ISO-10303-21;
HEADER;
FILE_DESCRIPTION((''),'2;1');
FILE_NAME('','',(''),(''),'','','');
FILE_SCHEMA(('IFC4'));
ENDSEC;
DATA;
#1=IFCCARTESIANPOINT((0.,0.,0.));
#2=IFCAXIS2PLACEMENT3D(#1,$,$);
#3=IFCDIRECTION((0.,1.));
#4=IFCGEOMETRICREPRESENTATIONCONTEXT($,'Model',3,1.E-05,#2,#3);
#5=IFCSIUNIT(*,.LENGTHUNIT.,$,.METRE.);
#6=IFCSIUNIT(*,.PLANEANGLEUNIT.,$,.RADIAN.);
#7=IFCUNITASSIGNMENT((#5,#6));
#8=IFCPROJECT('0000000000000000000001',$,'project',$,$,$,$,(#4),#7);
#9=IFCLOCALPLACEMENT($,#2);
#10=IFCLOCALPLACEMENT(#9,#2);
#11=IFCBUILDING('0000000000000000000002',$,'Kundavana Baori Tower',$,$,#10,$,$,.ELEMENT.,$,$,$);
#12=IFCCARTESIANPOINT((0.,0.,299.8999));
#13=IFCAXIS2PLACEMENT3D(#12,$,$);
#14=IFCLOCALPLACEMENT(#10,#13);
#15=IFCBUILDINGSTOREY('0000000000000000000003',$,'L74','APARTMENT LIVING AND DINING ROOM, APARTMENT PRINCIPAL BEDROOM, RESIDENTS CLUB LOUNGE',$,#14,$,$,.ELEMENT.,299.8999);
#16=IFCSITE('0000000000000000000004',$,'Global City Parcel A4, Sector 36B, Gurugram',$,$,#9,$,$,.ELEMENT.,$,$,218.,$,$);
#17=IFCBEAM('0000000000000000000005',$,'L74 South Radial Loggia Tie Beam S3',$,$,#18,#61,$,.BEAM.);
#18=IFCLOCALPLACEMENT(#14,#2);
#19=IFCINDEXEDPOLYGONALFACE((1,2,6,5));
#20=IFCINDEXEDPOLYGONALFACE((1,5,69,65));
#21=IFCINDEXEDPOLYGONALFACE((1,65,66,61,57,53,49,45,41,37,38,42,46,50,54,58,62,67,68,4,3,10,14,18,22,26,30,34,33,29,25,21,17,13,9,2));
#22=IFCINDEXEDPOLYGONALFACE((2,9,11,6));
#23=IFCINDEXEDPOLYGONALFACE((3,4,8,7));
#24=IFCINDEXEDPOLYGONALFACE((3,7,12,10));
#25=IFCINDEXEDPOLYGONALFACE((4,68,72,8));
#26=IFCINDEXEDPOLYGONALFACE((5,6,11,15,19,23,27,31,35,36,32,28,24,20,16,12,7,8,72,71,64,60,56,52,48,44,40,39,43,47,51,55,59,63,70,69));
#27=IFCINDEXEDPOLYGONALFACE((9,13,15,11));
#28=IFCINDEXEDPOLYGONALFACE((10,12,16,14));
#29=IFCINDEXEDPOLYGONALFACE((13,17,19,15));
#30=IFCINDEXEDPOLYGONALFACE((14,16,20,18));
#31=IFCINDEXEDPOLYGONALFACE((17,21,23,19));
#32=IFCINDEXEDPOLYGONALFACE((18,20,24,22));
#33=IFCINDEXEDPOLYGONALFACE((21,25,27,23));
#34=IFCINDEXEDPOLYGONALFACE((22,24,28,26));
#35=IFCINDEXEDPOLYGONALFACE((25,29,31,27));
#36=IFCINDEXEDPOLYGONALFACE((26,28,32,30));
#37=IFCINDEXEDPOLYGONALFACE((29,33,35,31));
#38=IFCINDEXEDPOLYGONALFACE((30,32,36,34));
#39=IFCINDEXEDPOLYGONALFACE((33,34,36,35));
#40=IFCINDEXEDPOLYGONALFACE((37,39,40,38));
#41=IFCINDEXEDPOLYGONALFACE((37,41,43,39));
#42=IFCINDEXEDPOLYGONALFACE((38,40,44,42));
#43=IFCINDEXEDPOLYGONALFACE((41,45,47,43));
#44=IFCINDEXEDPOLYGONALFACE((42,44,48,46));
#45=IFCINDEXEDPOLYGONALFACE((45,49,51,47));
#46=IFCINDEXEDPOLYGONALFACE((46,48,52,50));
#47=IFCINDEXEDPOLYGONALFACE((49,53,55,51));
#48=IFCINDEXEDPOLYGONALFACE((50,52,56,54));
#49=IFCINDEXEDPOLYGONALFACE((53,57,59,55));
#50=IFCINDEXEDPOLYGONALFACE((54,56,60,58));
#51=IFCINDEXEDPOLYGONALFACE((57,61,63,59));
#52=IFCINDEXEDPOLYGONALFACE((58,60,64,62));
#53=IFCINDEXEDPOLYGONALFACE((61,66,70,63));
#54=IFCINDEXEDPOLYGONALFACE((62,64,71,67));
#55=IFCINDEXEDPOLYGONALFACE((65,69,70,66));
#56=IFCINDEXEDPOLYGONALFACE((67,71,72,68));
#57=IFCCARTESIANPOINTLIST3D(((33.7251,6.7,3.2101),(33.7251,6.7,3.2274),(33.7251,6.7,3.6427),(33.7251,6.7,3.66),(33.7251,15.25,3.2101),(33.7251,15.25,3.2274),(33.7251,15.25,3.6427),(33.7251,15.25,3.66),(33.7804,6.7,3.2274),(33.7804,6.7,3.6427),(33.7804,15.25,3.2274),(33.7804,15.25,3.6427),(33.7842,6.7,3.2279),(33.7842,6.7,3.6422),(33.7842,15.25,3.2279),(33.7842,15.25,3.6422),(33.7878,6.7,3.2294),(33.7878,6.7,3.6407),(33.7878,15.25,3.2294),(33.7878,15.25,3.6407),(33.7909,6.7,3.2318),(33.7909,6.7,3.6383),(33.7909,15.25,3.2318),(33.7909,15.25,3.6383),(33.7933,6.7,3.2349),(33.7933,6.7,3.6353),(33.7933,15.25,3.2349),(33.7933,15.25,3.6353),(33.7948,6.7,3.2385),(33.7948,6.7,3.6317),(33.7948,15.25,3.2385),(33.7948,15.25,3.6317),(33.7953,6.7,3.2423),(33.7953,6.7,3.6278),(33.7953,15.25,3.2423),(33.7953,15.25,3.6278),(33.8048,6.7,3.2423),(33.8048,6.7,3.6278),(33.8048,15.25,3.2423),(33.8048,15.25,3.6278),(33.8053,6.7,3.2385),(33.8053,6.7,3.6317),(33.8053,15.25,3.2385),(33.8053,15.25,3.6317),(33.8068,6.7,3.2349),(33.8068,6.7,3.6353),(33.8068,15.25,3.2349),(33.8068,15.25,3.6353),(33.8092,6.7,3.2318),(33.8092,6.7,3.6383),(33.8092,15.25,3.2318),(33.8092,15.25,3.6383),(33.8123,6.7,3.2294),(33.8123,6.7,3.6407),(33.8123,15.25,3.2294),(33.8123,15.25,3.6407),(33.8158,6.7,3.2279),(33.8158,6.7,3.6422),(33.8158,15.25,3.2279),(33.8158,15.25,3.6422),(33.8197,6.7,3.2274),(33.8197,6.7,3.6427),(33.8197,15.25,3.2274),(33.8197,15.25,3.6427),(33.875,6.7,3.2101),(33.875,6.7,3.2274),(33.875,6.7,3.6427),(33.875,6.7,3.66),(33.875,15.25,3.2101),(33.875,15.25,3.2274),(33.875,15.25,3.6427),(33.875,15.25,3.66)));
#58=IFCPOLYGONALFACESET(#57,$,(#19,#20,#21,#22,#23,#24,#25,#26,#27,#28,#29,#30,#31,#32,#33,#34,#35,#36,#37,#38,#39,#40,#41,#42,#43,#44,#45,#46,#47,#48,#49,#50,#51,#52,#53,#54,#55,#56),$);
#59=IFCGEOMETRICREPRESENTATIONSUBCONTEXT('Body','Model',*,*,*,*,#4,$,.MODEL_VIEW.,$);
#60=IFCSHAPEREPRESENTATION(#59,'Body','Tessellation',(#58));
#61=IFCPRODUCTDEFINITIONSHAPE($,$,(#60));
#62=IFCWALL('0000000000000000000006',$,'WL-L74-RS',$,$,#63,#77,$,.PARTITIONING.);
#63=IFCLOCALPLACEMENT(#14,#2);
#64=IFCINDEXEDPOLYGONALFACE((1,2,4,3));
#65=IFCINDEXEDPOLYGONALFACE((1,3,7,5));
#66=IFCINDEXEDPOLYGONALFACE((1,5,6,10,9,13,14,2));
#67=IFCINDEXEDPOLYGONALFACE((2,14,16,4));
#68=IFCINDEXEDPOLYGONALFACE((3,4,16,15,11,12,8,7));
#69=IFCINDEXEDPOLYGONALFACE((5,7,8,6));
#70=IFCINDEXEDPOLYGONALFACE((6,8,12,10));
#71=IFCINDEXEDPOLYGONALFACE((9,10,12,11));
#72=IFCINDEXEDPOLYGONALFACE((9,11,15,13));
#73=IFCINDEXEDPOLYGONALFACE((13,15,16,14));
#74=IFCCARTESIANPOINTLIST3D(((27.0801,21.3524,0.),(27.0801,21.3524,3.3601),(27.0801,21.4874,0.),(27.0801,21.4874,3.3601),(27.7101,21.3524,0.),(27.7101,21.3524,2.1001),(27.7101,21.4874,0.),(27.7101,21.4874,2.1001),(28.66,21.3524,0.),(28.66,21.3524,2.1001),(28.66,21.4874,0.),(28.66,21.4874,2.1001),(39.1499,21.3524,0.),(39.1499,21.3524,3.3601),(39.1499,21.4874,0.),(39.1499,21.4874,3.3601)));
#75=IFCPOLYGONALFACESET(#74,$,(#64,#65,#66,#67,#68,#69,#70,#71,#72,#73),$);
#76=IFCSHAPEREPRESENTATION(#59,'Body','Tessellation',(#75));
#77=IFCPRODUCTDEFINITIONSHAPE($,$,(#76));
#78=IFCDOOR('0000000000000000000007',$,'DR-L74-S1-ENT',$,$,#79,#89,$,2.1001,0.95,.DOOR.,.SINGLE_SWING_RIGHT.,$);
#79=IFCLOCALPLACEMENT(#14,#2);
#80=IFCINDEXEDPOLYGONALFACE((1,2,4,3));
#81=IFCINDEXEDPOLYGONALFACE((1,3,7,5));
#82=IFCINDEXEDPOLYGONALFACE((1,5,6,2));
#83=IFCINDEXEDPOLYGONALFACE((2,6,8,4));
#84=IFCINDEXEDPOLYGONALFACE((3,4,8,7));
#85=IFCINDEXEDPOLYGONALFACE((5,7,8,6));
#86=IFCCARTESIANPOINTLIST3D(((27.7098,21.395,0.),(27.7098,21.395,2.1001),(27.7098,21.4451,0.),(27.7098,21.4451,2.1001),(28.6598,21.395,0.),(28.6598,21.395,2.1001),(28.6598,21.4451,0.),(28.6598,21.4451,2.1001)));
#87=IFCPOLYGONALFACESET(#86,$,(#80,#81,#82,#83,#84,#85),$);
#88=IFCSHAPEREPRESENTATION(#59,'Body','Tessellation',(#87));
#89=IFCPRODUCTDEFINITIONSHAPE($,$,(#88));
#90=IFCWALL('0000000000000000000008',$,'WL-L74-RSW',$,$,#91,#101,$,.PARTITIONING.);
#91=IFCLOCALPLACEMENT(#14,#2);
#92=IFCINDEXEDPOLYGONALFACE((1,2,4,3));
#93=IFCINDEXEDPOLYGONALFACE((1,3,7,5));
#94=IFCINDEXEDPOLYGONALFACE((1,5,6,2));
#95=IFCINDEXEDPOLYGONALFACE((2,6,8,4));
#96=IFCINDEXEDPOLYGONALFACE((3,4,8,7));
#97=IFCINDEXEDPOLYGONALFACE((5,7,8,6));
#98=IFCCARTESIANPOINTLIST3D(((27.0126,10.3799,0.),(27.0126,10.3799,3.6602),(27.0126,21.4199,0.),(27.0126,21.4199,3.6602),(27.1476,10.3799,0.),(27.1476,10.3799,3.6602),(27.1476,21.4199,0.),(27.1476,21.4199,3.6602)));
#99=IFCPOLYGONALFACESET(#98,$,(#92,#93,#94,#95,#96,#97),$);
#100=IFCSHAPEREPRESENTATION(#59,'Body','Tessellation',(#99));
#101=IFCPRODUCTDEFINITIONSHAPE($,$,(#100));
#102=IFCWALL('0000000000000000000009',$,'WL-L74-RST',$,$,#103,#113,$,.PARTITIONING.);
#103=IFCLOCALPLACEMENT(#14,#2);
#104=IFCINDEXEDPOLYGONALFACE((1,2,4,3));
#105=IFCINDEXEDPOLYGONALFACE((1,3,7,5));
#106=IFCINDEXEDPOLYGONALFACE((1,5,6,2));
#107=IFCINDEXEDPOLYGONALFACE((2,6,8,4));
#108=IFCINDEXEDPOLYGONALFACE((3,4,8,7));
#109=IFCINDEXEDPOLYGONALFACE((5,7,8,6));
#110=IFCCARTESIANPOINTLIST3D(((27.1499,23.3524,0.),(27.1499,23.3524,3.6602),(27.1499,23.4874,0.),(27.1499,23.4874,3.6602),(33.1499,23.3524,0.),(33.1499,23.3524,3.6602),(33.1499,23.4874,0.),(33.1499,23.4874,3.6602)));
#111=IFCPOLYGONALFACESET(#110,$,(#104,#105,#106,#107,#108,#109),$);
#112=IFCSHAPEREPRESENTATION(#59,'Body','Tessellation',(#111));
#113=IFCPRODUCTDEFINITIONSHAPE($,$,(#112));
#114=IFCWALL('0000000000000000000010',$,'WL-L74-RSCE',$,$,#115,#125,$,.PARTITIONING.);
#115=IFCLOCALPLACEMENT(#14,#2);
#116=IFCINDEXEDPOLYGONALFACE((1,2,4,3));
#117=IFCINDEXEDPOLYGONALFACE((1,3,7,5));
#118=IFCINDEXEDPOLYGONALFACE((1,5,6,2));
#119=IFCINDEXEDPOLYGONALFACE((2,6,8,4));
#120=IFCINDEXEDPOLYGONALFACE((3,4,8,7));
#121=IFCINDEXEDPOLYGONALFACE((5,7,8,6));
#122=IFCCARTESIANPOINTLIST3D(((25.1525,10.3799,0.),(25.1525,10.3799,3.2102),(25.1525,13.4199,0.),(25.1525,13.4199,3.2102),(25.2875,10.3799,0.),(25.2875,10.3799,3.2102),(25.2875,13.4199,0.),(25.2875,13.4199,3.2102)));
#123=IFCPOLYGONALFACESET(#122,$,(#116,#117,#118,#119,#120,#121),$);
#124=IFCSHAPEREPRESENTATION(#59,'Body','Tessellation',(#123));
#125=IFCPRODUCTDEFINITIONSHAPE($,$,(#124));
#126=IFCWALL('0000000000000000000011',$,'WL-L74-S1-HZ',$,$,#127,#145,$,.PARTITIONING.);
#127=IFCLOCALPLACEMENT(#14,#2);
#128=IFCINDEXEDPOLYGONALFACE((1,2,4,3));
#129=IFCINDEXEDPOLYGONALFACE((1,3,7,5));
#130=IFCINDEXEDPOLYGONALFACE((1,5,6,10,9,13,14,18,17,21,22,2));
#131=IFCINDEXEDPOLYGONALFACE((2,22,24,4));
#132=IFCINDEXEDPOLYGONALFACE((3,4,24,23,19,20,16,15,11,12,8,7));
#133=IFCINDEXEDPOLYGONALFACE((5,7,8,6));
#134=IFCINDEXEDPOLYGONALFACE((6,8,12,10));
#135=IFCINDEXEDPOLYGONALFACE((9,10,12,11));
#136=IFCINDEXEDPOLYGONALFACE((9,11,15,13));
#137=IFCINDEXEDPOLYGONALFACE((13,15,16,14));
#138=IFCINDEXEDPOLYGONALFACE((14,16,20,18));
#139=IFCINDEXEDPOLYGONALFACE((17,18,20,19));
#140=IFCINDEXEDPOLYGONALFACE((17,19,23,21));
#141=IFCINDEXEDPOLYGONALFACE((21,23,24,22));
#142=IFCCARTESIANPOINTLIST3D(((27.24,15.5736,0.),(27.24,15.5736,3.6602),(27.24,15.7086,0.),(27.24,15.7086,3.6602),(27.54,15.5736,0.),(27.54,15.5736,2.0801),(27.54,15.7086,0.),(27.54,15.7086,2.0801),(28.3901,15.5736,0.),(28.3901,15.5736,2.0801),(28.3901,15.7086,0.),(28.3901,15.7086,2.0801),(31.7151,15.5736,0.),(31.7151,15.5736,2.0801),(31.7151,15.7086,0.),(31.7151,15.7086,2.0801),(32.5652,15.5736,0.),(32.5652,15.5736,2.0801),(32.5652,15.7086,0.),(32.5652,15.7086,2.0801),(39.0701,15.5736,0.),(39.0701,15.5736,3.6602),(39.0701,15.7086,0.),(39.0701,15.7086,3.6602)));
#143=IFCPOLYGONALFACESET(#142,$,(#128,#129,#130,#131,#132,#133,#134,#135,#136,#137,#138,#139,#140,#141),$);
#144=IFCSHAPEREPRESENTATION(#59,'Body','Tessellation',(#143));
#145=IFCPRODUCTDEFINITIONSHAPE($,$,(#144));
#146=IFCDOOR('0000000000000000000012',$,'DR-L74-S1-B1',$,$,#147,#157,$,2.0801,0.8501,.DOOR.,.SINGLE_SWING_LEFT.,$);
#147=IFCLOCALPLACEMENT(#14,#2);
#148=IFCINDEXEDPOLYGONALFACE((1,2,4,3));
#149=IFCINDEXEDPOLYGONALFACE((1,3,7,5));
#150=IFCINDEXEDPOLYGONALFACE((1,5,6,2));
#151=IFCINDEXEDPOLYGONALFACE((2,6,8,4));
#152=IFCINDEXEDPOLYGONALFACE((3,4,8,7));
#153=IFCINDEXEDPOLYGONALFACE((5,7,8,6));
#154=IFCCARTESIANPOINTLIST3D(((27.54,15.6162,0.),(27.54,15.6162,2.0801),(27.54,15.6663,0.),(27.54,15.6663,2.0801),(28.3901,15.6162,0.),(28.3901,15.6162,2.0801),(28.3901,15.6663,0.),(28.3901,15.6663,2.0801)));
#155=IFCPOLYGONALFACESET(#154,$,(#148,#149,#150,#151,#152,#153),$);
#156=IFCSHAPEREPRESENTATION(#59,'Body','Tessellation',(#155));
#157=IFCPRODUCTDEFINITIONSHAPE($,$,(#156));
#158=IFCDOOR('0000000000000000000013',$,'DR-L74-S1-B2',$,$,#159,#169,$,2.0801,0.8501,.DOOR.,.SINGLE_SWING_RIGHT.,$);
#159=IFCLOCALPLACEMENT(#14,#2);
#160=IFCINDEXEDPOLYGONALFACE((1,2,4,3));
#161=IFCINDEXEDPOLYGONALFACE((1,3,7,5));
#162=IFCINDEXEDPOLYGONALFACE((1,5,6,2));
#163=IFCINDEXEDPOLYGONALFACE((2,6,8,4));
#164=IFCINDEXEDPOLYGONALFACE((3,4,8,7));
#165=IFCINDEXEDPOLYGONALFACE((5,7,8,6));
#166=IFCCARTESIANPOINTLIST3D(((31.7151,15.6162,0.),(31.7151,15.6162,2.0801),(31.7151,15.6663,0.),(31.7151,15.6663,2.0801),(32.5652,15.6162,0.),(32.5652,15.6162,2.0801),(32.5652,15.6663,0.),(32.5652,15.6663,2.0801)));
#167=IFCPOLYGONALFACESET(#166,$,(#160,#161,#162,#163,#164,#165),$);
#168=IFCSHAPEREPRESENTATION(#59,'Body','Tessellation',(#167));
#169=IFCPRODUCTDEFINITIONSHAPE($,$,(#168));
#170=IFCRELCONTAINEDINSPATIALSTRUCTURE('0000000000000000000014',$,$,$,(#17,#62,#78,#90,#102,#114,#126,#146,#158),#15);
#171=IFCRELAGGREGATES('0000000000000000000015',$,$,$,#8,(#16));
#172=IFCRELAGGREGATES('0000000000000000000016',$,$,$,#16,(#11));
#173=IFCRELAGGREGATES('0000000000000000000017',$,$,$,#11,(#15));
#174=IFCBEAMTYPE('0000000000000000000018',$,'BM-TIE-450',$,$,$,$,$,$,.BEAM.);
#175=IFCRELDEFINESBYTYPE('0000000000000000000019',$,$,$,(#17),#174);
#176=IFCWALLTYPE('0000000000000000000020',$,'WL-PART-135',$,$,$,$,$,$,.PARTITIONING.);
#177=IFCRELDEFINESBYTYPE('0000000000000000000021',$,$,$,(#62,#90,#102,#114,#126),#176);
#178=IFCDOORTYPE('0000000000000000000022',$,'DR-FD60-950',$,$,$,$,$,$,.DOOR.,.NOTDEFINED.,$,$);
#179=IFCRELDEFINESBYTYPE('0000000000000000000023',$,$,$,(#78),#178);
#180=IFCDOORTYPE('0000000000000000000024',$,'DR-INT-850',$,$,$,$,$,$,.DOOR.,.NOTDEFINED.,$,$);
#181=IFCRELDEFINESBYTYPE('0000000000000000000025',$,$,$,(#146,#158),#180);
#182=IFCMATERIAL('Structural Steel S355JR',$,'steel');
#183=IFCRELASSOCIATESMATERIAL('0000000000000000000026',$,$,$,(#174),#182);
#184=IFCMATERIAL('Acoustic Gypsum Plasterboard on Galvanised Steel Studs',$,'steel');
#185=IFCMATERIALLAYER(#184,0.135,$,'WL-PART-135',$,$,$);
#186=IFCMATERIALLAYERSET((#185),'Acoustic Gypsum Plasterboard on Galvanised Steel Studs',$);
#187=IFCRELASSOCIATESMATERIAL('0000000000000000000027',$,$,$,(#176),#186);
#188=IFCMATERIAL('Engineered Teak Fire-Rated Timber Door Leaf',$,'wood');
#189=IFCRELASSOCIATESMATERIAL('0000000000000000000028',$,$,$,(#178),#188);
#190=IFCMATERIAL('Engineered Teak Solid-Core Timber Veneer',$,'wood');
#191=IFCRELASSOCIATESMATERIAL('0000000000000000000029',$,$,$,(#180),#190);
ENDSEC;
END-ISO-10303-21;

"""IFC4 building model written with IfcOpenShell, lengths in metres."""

from ifc_helpers import new_model, si_unit, direction, frame, frame_2d, origin, origin_2d, place, context, subcontext, project, spatial, rectangle, i_section, extrude, material, layer, layer_set, material_profile, profile_set, type_object, element, fill, save


model = new_model("IFC4")

# Units and contexts
model_context = context("Model", 3, precision=1e-05, world=origin(), true_north=direction((0.0, 1.0)))
body_context = subcontext(model_context, "Body", "Model", "MODEL_VIEW")
ifc_project = project(units=[si_unit("LENGTHUNIT", "METRE"), si_unit("PLANEANGLEUNIT", "RADIAN")], contexts=[model_context])

# Site, building, storey
site_placement = place(None, origin())
site = spatial("IfcSite", under=ifc_project, at=site_placement, Name="Global City Parcel A4, Sector 36B, Gurugram", CompositionType="ELEMENT", RefElevation=218.0)
building_placement = place(site_placement, origin())
building = spatial("IfcBuilding", under=site, at=building_placement, Name="Kundavana Baori Tower", CompositionType="ELEMENT")
storey_placement = place(building_placement, frame((0.0, 0.0, 299.8999)))
storey = spatial("IfcBuildingStorey", under=building, at=storey_placement, Name="L74", Description="APARTMENT LIVING AND DINING ROOM, APARTMENT PRINCIPAL BEDROOM, RESIDENTS CLUB LOUNGE", CompositionType="ELEMENT", Elevation=299.8999)

# Beam
ifc_material_1 = material(Name="Structural Steel S355JR", Category="steel")
ifc_material_profile_1 = material_profile(ifc_material_1, i_section(OverallWidth=0.1499, OverallDepth=0.45, WebThickness=0.0095, FlangeThickness=0.0173, FilletRadius=0.0149, at=origin_2d()), Name="ISMB 450")
ifc_profile_set_1 = profile_set([ifc_material_profile_1], Name="Structural Steel S355JR")
beam_type_1 = type_object("IfcBeamType", Name="BM-TIE-450", PredefinedType="BEAM", material=ifc_profile_set_1)
beam_1_placement = place(storey_placement, frame((33.8, 15.25, 3.4351), z_axis=(0.0, -1.0, 0.0), x_axis=(1.0, 0.0, 0.0)))
element("IfcBeam", 1, at=beam_1_placement, inside=storey, type_object=beam_type_1, Name="L74 South Radial Loggia Tie Beam S3", PredefinedType="BEAM", context=body_context, shape_type="SweptSolid", body=[
    extrude(i_section(OverallWidth=0.1499, OverallDepth=0.45, WebThickness=0.0095, FlangeThickness=0.0173, FilletRadius=0.0149, at=origin_2d()), origin(), (0.0, 0.0, 1.0), 8.55),
])

# Wall, opening, door
ifc_material_2 = material(Name="Acoustic Gypsum Plasterboard on Galvanised Steel Studs", Category="steel")
ifc_layer = layer(ifc_material_2, 0.135, Name="WL-PART-135")
ifc_layer_set = layer_set([ifc_layer], Name="Acoustic Gypsum Plasterboard on Galvanised Steel Studs")
wall_type = type_object("IfcWallType", Name="WL-PART-135", PredefinedType="PARTITIONING", material=ifc_layer_set)
wall_1_placement = place(storey_placement, frame((27.0801, 21.4199, 0.0), z_axis=(0.0, 0.0, 1.0), x_axis=(1.0, 0.0, 0.0)))
wall_1 = element("IfcWall", 2, at=wall_1_placement, inside=storey, type_object=wall_type, Name="WL-L74-RS", PredefinedType="PARTITIONING", context=body_context, shape_type="SweptSolid", body=[
    extrude(rectangle(XDim=12.0698, YDim=0.135, at=frame_2d((6.0349, 0.0))), origin(), (0.0, 0.0, 1.0), 3.3601),
])
opening_1_placement = place(wall_1_placement, frame((0.6299, 0.0, 0.0)))
opening_1 = element("IfcOpeningElement", 3, at=opening_1_placement, cuts=wall_1, PredefinedType="OPENING", context=body_context, shape_type="SweptSolid", body=[
    extrude(rectangle(XDim=0.95, YDim=2.1001, at=frame_2d((0.4751, 1.05))), frame((0.0, 0.0776, 0.0), z_axis=(0.0, -1.0, 0.0), x_axis=(1.0, 0.0, 0.0)), (0.0, 0.0, 1.0), 0.155),
])
ifc_material_3 = material(Name="Engineered Teak Fire-Rated Timber Door Leaf", Category="wood")
door_type_1 = type_object("IfcDoorType", Name="DR-FD60-950", OperationType="NOTDEFINED", PredefinedType="DOOR", material=ifc_material_3)
door_1_placement = place(opening_1_placement, frame((0.95, 0.0, 0.0), z_axis=(0.0, 0.0, 1.0), x_axis=(-1.0, 0.0, 0.0)))
door_1 = element("IfcDoor", 4, at=door_1_placement, inside=storey, type_object=door_type_1, Name="DR-L74-S1-ENT", OperationType="SINGLE_SWING_RIGHT", OverallHeight=2.1001, OverallWidth=0.95, PredefinedType="DOOR", context=body_context, shape_type="SweptSolid", body=[
    extrude(rectangle(XDim=0.95, YDim=2.1001, at=frame_2d((0.4751, 1.05))), frame((0.0, 0.0249, 0.0), z_axis=(0.0, -1.0, 0.0), x_axis=(1.0, 0.0, 0.0)), (0.0, 0.0, 1.0), 0.05),
])
fill(opening_1, door_1)

# Walls
wall_2_placement = place(storey_placement, frame((27.0801, 10.3799, 0.0), z_axis=(0.0, 0.0, 1.0), x_axis=(0.0, 1.0, 0.0)))
element("IfcWall", 5, at=wall_2_placement, inside=storey, type_object=wall_type, Name="WL-L74-RSW", PredefinedType="PARTITIONING", context=body_context, shape_type="SweptSolid", body=[
    extrude(rectangle(XDim=11.04, YDim=0.135, at=frame_2d((5.52, 0.0))), origin(), (0.0, 0.0, 1.0), 3.6602),
])
wall_3_placement = place(storey_placement, frame((27.1499, 23.4199, 0.0), z_axis=(0.0, 0.0, 1.0), x_axis=(1.0, 0.0, 0.0)))
element("IfcWall", 6, at=wall_3_placement, inside=storey, type_object=wall_type, Name="WL-L74-RST", PredefinedType="PARTITIONING", context=body_context, shape_type="SweptSolid", body=[
    extrude(rectangle(XDim=6.0, YDim=0.135, at=frame_2d((3.0, 0.0))), origin(), (0.0, 0.0, 1.0), 3.6602),
])
wall_4_placement = place(storey_placement, frame((25.22, 10.3799, 0.0), z_axis=(0.0, 0.0, 1.0), x_axis=(0.0, 1.0, 0.0)))
element("IfcWall", 7, at=wall_4_placement, inside=storey, type_object=wall_type, Name="WL-L74-RSCE", PredefinedType="PARTITIONING", context=body_context, shape_type="SweptSolid", body=[
    extrude(rectangle(XDim=3.04, YDim=0.135, at=frame_2d((1.52, 0.0))), origin(), (0.0, 0.0, 1.0), 3.2102),
])

# Wall, openings, doors
wall_5_placement = place(storey_placement, frame((27.24, 15.6411, 0.0), z_axis=(0.0, 0.0, 1.0), x_axis=(1.0, 0.0, 0.0)))
wall_5 = element("IfcWall", 8, at=wall_5_placement, inside=storey, type_object=wall_type, Name="WL-L74-S1-HZ", PredefinedType="PARTITIONING", context=body_context, shape_type="SweptSolid", body=[
    extrude(rectangle(XDim=11.8301, YDim=0.135, at=frame_2d((5.915, 0.0))), origin(), (0.0, 0.0, 1.0), 3.6602),
])
opening_2_placement = place(wall_5_placement, frame((0.3, 0.0, 0.0)))
opening_2 = element("IfcOpeningElement", 9, at=opening_2_placement, cuts=wall_5, PredefinedType="OPENING", context=body_context, shape_type="SweptSolid", body=[
    extrude(rectangle(XDim=0.8501, YDim=2.0801, at=frame_2d((0.425, 1.04))), frame((0.0, 0.0776, 0.0), z_axis=(0.0, -1.0, 0.0), x_axis=(1.0, 0.0, 0.0)), (0.0, 0.0, 1.0), 0.155),
])
opening_3_placement = place(wall_5_placement, frame((4.4751, 0.0, 0.0)))
opening_3 = element("IfcOpeningElement", 10, at=opening_3_placement, cuts=wall_5, PredefinedType="OPENING", context=body_context, shape_type="SweptSolid", body=[
    extrude(rectangle(XDim=0.8501, YDim=2.0801, at=frame_2d((0.425, 1.04))), frame((0.0, 0.0776, 0.0), z_axis=(0.0, -1.0, 0.0), x_axis=(1.0, 0.0, 0.0)), (0.0, 0.0, 1.0), 0.155),
])
ifc_material_4 = material(Name="Engineered Teak Solid-Core Timber Veneer", Category="wood")
door_type_2 = type_object("IfcDoorType", Name="DR-INT-850", OperationType="NOTDEFINED", PredefinedType="DOOR", material=ifc_material_4)
door_2_placement = place(opening_2_placement, frame((0.8501, 0.0, 0.0), z_axis=(0.0, 0.0, 1.0), x_axis=(-1.0, 0.0, 0.0)))
door_2 = element("IfcDoor", 11, at=door_2_placement, inside=storey, type_object=door_type_2, Name="DR-L74-S1-B1", OperationType="SINGLE_SWING_LEFT", OverallHeight=2.0801, OverallWidth=0.8501, PredefinedType="DOOR", context=body_context, shape_type="SweptSolid", body=[
    extrude(rectangle(XDim=0.8501, YDim=2.0801, at=frame_2d((0.425, 1.04))), frame((0.0, 0.0249, 0.0), z_axis=(0.0, -1.0, 0.0), x_axis=(1.0, 0.0, 0.0)), (0.0, 0.0, 1.0), 0.05),
])
fill(opening_2, door_2)
door_3_placement = place(opening_3_placement, frame((0.8501, 0.0, 0.0), z_axis=(0.0, 0.0, 1.0), x_axis=(-1.0, 0.0, 0.0)))
door_3 = element("IfcDoor", 12, at=door_3_placement, inside=storey, type_object=door_type_2, Name="DR-L74-S1-B2", OperationType="SINGLE_SWING_RIGHT", OverallHeight=2.0801, OverallWidth=0.8501, PredefinedType="DOOR", context=body_context, shape_type="SweptSolid", body=[
    extrude(rectangle(XDim=0.8501, YDim=2.0801, at=frame_2d((0.425, 1.04))), frame((0.0, 0.0249, 0.0), z_axis=(0.0, -1.0, 0.0), x_axis=(1.0, 0.0, 0.0)), (0.0, 0.0, 1.0), 0.05),
])
fill(opening_3, door_3)

save(model, "model.ifc")
